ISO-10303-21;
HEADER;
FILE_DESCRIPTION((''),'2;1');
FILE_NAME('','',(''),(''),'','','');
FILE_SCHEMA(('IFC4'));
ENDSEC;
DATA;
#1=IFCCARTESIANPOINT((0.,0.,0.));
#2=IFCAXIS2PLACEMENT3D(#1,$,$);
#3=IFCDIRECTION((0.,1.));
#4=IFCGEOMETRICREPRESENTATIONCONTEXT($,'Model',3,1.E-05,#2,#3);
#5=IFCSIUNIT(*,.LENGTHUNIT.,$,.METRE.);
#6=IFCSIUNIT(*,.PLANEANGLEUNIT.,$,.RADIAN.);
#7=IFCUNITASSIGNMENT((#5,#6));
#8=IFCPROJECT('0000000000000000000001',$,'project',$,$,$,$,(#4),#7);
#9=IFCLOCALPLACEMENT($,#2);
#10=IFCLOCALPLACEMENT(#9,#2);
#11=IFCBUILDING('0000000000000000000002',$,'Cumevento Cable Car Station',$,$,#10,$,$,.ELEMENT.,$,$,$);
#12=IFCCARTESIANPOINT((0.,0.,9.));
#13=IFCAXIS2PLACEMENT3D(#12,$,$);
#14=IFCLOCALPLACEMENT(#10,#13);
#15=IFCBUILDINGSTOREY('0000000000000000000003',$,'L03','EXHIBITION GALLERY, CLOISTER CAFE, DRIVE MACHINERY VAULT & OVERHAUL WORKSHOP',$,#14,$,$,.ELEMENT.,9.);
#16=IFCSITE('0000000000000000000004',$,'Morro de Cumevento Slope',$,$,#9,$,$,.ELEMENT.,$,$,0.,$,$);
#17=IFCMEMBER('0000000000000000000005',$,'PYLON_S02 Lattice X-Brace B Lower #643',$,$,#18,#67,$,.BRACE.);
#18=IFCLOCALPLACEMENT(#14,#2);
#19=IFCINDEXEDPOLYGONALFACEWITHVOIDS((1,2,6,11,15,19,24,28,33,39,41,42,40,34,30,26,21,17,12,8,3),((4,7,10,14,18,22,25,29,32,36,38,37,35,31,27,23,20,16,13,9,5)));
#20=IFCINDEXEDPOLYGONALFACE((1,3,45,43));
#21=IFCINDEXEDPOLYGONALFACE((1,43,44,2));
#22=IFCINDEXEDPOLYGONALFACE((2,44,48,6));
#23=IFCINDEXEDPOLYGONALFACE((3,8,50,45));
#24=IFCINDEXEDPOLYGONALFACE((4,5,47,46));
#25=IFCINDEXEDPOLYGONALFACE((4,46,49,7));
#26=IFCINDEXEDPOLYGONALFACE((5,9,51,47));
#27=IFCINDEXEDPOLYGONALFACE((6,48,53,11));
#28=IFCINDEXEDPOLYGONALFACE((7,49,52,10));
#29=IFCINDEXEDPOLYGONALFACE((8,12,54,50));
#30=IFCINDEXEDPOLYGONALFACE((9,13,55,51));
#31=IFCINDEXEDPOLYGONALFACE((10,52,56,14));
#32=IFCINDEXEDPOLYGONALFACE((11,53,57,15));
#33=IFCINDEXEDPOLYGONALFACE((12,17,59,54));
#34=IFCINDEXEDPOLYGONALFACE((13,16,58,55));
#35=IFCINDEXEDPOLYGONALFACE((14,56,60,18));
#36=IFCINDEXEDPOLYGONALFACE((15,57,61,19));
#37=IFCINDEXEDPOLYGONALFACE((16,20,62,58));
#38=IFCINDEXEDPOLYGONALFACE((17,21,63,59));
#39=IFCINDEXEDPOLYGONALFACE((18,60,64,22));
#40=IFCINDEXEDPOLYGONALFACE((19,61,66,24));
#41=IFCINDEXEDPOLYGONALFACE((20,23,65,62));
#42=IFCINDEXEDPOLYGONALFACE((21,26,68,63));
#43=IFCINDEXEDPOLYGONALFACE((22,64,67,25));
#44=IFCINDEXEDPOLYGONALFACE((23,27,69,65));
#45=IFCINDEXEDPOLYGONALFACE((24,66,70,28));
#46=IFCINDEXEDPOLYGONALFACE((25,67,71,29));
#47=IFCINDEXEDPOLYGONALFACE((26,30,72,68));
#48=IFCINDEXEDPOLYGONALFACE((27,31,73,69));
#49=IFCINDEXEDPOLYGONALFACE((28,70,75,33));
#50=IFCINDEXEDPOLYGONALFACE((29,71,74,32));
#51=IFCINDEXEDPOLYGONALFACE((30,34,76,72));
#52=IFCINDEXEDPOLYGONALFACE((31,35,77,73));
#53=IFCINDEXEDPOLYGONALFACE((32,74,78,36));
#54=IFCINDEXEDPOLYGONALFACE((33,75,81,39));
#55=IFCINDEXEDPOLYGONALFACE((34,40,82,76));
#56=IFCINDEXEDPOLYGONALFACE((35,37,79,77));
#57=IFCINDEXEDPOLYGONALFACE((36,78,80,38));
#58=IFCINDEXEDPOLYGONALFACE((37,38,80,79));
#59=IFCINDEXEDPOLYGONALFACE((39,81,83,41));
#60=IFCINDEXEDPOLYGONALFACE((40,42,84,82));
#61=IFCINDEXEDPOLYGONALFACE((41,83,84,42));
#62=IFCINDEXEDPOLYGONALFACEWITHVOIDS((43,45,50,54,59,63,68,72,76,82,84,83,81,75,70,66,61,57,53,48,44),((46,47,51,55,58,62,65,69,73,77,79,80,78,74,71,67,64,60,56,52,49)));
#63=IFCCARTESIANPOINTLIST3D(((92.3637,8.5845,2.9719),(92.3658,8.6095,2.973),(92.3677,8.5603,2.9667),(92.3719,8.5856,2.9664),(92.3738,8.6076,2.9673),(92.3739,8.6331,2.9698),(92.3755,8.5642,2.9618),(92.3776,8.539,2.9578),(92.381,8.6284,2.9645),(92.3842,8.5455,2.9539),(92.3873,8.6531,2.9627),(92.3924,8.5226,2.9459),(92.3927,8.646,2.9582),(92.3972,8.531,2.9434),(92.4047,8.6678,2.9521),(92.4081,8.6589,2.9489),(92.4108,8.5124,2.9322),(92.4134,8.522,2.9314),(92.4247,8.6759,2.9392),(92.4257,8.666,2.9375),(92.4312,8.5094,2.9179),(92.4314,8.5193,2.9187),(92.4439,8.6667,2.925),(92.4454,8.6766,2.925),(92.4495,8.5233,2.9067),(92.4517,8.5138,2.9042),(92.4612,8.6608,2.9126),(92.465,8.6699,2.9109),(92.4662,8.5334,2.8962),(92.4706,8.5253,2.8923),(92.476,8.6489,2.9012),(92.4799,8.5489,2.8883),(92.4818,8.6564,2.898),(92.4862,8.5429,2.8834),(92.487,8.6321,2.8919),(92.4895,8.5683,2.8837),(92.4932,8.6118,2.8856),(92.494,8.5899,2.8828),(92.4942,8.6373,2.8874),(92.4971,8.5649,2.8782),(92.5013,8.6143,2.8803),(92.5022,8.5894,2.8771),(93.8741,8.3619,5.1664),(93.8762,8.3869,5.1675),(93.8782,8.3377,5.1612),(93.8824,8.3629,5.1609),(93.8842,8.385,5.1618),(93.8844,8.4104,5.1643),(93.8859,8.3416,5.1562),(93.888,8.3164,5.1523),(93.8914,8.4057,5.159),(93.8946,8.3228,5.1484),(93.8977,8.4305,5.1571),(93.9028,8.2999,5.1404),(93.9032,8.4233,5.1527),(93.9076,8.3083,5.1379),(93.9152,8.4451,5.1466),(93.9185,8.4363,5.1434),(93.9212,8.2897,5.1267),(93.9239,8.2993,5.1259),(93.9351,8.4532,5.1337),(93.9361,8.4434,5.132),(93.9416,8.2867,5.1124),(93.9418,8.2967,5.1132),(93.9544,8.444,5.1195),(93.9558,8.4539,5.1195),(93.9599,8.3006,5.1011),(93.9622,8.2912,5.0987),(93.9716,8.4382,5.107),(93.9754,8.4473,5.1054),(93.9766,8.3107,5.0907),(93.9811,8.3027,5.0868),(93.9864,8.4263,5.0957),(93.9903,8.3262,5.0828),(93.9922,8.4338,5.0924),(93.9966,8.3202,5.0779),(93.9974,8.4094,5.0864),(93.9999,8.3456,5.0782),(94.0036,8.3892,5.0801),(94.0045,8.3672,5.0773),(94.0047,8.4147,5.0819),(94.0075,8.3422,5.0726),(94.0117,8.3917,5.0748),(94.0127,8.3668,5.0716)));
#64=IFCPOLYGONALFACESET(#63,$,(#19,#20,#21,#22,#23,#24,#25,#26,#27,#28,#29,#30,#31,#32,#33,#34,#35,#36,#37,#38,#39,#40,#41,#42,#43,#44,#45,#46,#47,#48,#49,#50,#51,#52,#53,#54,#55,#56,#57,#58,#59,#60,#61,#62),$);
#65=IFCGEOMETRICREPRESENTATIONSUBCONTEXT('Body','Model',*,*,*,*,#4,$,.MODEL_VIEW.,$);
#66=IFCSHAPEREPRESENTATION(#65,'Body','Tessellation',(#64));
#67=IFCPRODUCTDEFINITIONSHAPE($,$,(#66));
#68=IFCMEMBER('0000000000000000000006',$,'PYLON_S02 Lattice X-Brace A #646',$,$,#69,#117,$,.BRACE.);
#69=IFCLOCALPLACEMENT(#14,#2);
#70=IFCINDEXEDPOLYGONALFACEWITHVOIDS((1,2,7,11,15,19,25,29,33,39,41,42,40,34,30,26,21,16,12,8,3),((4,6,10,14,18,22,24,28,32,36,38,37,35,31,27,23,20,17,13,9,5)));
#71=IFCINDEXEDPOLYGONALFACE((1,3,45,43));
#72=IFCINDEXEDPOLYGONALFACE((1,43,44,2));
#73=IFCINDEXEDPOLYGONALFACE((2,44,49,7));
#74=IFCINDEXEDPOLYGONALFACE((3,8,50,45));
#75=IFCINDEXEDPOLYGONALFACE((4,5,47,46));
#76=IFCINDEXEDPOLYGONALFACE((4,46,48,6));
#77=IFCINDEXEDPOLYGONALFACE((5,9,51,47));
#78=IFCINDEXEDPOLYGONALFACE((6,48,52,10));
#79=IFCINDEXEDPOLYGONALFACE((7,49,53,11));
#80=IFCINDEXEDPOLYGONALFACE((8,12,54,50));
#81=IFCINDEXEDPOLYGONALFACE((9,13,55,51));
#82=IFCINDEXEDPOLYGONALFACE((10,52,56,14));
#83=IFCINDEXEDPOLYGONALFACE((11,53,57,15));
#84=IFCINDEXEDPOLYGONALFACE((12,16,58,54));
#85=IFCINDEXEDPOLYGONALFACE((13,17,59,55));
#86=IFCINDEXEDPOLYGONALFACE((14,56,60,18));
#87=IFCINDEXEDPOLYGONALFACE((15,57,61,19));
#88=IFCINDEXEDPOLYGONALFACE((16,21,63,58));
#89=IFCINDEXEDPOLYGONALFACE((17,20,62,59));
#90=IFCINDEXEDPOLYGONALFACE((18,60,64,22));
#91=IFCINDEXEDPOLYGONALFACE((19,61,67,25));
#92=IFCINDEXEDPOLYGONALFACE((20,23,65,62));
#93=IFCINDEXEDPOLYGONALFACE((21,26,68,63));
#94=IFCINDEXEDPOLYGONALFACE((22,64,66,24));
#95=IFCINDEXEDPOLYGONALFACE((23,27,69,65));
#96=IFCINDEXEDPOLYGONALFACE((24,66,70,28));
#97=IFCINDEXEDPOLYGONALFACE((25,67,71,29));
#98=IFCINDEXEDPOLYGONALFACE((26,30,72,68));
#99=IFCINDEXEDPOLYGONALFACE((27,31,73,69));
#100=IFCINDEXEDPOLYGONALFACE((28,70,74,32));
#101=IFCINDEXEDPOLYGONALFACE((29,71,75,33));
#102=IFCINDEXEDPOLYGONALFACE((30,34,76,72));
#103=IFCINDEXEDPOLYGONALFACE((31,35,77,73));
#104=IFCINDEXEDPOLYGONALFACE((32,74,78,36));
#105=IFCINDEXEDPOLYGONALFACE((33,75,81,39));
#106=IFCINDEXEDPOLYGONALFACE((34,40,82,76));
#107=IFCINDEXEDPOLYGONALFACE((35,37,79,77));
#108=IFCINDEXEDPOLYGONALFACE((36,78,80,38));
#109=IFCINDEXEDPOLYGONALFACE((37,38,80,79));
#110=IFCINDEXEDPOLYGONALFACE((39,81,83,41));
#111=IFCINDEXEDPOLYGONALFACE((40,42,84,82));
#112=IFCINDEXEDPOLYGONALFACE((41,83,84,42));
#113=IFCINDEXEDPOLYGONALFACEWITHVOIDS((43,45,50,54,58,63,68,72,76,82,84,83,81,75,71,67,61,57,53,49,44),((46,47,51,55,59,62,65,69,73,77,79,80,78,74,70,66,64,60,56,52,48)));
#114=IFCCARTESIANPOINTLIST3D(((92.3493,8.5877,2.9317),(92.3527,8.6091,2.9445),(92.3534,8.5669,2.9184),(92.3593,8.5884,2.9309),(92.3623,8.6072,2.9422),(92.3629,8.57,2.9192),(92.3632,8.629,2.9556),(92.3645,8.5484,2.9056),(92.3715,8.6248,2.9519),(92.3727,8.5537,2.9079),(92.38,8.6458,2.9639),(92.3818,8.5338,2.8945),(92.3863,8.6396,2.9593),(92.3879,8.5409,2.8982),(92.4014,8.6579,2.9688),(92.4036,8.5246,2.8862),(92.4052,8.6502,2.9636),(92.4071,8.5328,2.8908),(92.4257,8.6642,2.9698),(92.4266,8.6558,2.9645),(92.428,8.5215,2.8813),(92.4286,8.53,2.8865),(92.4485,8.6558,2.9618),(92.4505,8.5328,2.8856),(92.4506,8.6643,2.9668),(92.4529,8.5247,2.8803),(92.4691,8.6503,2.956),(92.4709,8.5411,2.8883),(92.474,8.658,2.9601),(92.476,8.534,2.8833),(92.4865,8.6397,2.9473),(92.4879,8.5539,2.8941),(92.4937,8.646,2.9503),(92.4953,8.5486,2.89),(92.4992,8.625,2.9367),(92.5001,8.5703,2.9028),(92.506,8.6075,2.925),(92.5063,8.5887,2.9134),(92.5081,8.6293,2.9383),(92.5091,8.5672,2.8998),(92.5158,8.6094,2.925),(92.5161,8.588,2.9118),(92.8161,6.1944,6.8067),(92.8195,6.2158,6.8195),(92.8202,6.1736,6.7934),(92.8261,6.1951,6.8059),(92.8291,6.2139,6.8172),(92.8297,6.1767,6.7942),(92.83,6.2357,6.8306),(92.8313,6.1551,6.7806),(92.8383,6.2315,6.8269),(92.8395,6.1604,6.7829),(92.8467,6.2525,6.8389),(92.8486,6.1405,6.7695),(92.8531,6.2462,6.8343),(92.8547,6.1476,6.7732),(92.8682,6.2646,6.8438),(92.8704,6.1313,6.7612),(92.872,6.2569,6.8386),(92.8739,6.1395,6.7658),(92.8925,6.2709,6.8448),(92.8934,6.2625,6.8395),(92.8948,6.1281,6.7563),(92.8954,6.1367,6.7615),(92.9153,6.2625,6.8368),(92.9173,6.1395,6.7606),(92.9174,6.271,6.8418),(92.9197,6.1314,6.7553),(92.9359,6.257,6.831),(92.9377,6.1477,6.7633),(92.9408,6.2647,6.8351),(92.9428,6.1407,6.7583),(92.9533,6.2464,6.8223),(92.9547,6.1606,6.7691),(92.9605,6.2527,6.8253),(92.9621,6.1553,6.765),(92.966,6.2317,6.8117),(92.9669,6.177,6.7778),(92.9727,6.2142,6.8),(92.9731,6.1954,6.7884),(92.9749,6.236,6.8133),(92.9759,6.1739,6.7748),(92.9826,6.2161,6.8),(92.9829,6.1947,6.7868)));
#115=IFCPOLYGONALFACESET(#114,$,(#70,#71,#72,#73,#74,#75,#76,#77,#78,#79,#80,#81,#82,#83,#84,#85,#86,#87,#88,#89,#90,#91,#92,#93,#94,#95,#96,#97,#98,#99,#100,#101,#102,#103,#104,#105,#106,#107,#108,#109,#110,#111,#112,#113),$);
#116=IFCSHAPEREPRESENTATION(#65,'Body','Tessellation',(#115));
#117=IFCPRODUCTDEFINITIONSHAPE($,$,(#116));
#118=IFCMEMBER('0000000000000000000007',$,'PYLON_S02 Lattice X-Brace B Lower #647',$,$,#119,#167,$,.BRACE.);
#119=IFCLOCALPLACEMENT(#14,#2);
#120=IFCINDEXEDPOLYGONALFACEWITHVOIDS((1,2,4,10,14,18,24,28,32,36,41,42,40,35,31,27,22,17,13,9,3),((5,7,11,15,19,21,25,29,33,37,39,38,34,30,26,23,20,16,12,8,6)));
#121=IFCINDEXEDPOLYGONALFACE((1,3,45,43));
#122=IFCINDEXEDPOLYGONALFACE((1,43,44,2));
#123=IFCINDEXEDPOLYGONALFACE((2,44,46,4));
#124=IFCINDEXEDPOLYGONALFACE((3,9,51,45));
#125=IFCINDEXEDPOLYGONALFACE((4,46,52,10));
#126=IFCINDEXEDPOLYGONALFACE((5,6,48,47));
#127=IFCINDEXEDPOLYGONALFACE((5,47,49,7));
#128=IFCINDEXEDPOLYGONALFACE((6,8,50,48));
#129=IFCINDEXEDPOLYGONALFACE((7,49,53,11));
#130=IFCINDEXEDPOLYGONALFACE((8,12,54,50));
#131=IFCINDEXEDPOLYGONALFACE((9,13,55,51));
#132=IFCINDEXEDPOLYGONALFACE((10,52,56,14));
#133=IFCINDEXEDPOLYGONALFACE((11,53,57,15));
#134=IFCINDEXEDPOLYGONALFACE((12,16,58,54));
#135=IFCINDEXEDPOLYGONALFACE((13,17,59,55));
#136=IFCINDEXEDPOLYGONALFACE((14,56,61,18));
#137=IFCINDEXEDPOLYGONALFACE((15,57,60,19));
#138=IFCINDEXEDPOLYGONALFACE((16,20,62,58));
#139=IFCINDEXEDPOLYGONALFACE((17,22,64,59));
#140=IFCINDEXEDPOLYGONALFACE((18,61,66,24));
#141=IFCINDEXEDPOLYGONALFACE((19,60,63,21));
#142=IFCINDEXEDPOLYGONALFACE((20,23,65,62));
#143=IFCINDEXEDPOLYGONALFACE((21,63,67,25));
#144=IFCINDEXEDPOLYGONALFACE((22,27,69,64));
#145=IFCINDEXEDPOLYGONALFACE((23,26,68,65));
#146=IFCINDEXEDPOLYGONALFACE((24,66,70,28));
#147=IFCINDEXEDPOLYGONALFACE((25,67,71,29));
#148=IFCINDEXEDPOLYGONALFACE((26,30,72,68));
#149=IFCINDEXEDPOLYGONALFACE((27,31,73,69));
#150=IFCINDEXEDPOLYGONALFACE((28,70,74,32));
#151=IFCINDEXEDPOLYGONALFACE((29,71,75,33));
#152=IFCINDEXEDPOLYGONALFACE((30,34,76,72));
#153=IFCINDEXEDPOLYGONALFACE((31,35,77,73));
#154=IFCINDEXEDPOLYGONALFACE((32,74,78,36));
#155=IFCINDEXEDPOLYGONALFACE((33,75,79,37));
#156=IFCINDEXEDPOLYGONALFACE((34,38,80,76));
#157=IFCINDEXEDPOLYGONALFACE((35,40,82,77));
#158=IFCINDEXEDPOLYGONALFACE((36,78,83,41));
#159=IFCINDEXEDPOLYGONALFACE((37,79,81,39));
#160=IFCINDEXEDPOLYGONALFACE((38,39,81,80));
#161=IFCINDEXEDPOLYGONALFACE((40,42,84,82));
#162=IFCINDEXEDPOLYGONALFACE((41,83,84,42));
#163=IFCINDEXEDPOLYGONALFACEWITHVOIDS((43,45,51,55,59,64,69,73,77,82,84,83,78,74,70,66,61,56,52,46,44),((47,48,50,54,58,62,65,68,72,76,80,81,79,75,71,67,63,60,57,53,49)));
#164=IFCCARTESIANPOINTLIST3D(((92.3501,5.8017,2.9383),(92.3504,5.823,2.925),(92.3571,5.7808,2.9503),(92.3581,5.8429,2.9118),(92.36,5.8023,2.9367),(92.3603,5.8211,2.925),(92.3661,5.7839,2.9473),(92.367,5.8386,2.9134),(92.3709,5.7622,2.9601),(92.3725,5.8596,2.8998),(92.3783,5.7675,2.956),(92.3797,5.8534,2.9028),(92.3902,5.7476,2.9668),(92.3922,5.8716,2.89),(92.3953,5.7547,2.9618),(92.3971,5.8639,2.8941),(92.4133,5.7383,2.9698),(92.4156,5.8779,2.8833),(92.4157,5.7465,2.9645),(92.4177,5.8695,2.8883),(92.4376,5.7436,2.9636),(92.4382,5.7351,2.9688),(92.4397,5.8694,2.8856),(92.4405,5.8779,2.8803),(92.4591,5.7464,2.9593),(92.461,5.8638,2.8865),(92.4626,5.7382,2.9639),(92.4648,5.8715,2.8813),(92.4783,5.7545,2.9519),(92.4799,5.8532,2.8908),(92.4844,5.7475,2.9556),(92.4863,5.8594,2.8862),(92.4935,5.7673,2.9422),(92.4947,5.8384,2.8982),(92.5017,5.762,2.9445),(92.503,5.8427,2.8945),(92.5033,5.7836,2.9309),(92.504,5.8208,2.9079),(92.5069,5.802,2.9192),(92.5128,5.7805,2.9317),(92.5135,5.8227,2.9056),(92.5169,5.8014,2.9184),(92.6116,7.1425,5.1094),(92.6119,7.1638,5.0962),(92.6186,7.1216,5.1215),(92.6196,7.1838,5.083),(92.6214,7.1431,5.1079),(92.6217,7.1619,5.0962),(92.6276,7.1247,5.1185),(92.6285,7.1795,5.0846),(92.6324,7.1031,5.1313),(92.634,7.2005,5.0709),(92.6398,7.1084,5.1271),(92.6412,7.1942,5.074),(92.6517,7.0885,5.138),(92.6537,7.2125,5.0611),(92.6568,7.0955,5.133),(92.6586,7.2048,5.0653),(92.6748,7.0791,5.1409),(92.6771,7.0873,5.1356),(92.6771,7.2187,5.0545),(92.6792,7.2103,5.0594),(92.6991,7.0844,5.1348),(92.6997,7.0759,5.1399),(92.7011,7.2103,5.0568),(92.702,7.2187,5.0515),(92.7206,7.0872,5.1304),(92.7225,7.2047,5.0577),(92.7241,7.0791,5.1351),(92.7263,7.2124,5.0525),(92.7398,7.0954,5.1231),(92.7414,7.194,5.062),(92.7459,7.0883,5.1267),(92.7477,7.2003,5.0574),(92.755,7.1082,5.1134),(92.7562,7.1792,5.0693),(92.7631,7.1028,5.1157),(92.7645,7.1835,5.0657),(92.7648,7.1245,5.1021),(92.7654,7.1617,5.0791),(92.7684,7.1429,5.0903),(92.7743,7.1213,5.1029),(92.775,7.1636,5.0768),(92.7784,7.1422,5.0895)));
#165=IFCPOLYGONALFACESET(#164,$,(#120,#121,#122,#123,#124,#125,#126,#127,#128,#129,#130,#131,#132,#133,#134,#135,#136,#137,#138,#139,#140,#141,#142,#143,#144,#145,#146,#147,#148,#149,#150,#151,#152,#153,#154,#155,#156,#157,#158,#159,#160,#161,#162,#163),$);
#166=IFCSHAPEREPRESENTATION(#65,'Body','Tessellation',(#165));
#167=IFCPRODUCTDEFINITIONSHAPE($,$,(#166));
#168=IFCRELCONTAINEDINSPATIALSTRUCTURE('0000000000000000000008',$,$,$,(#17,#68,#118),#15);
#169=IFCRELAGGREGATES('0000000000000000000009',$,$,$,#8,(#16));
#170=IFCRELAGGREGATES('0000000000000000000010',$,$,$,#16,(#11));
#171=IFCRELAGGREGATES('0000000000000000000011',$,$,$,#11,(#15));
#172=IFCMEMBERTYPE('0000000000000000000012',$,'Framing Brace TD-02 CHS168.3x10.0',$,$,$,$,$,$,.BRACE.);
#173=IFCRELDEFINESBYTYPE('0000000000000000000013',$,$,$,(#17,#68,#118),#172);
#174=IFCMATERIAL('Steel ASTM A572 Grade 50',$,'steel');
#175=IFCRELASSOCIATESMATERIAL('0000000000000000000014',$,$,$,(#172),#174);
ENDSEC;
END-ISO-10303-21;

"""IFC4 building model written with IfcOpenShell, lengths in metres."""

from ifc_helpers import new_model, si_unit, direction, frame, origin, origin_2d, place, context, subcontext, project, spatial, hollow_circle, extrude, material, material_profile, profile_set, type_object, element, save


model = new_model("IFC4")

# Units and contexts
model_context = context("Model", 3, precision=1e-05, world=origin(), true_north=direction((0.0, 1.0)))
body_context = subcontext(model_context, "Body", "Model", "MODEL_VIEW")
ifc_project = project(units=[si_unit("LENGTHUNIT", "METRE"), si_unit("PLANEANGLEUNIT", "RADIAN")], contexts=[model_context])

# Site, building, storey
site_placement = place(None, origin())
site = spatial("IfcSite", under=ifc_project, at=site_placement, Name="Morro de Cumevento Slope", CompositionType="ELEMENT", RefElevation=0.0)
building_placement = place(site_placement, origin())
building = spatial("IfcBuilding", under=site, at=building_placement, Name="Cumevento Cable Car Station", CompositionType="ELEMENT")
storey_placement = place(building_placement, frame((0.0, 0.0, 9.0)))
storey = spatial("IfcBuildingStorey", under=building, at=storey_placement, Name="L03", Description="EXHIBITION GALLERY, CLOISTER CAFE, DRIVE MACHINERY VAULT & OVERHAUL WORKSHOP", CompositionType="ELEMENT", Elevation=9.0)

# Members
ifc_material_1 = material(Name="Steel ASTM A572 Grade 50", Category="steel")
ifc_material_profile_1 = material_profile(ifc_material_1, hollow_circle(Radius=0.0842, WallThickness=0.01, at=origin_2d()), Name="CHS168.3x10.0")
ifc_profile_set_1 = profile_set([ifc_material_profile_1], Name="Steel ASTM A572 Grade 50")
member_type_1 = type_object("IfcMemberType", Name="Framing Brace TD-02 CHS168.3x10.0", PredefinedType="BRACE", material=ifc_profile_set_1)
member_1_placement = place(storey_placement, frame((92.4331, 8.5933, 2.925), z_axis=(0.564998, -0.083284, 0.820878), x_axis=(0.14583, 0.98931, 0.0)))
element("IfcMember", 1, at=member_1_placement, inside=storey, type_object=member_type_1, Name="PYLON_S02 Lattice X-Brace B Lower #643", PredefinedType="BRACE", context=body_context, shape_type="SweptSolid", body=[
    extrude(hollow_circle(Radius=0.0842, WallThickness=0.01, at=origin_2d()), origin(), (0.0, 0.0, 1.0), 2.6733),
])
member_2_placement = place(storey_placement, frame((92.4331, 8.5933, 2.925), z_axis=(0.101957, -0.522743, 0.846371), x_axis=(0.981505, 0.191435, 0.0)))
element("IfcMember", 2, at=member_2_placement, inside=storey, type_object=member_type_1, Name="PYLON_S02 Lattice X-Brace A #646", PredefinedType="BRACE", context=body_context, shape_type="SweptSolid", body=[
    extrude(hollow_circle(Radius=0.0842, WallThickness=0.01, at=origin_2d()), origin(), (0.0, 0.0, 1.0), 4.5784),
])
member_3_placement = place(storey_placement, frame((92.4331, 5.8069, 2.925), z_axis=(0.101933, 0.522705, 0.846398), x_axis=(-0.981511, 0.191405, 0.0)))
element("IfcMember", 3, at=member_3_placement, inside=storey, type_object=member_type_1, Name="PYLON_S02 Lattice X-Brace B Lower #647", PredefinedType="BRACE", context=body_context, shape_type="SweptSolid", body=[
    extrude(hollow_circle(Radius=0.0842, WallThickness=0.01, at=origin_2d()), origin(), (0.0, 0.0, 1.0), 2.5652),
])

save(model, "model.ifc")
